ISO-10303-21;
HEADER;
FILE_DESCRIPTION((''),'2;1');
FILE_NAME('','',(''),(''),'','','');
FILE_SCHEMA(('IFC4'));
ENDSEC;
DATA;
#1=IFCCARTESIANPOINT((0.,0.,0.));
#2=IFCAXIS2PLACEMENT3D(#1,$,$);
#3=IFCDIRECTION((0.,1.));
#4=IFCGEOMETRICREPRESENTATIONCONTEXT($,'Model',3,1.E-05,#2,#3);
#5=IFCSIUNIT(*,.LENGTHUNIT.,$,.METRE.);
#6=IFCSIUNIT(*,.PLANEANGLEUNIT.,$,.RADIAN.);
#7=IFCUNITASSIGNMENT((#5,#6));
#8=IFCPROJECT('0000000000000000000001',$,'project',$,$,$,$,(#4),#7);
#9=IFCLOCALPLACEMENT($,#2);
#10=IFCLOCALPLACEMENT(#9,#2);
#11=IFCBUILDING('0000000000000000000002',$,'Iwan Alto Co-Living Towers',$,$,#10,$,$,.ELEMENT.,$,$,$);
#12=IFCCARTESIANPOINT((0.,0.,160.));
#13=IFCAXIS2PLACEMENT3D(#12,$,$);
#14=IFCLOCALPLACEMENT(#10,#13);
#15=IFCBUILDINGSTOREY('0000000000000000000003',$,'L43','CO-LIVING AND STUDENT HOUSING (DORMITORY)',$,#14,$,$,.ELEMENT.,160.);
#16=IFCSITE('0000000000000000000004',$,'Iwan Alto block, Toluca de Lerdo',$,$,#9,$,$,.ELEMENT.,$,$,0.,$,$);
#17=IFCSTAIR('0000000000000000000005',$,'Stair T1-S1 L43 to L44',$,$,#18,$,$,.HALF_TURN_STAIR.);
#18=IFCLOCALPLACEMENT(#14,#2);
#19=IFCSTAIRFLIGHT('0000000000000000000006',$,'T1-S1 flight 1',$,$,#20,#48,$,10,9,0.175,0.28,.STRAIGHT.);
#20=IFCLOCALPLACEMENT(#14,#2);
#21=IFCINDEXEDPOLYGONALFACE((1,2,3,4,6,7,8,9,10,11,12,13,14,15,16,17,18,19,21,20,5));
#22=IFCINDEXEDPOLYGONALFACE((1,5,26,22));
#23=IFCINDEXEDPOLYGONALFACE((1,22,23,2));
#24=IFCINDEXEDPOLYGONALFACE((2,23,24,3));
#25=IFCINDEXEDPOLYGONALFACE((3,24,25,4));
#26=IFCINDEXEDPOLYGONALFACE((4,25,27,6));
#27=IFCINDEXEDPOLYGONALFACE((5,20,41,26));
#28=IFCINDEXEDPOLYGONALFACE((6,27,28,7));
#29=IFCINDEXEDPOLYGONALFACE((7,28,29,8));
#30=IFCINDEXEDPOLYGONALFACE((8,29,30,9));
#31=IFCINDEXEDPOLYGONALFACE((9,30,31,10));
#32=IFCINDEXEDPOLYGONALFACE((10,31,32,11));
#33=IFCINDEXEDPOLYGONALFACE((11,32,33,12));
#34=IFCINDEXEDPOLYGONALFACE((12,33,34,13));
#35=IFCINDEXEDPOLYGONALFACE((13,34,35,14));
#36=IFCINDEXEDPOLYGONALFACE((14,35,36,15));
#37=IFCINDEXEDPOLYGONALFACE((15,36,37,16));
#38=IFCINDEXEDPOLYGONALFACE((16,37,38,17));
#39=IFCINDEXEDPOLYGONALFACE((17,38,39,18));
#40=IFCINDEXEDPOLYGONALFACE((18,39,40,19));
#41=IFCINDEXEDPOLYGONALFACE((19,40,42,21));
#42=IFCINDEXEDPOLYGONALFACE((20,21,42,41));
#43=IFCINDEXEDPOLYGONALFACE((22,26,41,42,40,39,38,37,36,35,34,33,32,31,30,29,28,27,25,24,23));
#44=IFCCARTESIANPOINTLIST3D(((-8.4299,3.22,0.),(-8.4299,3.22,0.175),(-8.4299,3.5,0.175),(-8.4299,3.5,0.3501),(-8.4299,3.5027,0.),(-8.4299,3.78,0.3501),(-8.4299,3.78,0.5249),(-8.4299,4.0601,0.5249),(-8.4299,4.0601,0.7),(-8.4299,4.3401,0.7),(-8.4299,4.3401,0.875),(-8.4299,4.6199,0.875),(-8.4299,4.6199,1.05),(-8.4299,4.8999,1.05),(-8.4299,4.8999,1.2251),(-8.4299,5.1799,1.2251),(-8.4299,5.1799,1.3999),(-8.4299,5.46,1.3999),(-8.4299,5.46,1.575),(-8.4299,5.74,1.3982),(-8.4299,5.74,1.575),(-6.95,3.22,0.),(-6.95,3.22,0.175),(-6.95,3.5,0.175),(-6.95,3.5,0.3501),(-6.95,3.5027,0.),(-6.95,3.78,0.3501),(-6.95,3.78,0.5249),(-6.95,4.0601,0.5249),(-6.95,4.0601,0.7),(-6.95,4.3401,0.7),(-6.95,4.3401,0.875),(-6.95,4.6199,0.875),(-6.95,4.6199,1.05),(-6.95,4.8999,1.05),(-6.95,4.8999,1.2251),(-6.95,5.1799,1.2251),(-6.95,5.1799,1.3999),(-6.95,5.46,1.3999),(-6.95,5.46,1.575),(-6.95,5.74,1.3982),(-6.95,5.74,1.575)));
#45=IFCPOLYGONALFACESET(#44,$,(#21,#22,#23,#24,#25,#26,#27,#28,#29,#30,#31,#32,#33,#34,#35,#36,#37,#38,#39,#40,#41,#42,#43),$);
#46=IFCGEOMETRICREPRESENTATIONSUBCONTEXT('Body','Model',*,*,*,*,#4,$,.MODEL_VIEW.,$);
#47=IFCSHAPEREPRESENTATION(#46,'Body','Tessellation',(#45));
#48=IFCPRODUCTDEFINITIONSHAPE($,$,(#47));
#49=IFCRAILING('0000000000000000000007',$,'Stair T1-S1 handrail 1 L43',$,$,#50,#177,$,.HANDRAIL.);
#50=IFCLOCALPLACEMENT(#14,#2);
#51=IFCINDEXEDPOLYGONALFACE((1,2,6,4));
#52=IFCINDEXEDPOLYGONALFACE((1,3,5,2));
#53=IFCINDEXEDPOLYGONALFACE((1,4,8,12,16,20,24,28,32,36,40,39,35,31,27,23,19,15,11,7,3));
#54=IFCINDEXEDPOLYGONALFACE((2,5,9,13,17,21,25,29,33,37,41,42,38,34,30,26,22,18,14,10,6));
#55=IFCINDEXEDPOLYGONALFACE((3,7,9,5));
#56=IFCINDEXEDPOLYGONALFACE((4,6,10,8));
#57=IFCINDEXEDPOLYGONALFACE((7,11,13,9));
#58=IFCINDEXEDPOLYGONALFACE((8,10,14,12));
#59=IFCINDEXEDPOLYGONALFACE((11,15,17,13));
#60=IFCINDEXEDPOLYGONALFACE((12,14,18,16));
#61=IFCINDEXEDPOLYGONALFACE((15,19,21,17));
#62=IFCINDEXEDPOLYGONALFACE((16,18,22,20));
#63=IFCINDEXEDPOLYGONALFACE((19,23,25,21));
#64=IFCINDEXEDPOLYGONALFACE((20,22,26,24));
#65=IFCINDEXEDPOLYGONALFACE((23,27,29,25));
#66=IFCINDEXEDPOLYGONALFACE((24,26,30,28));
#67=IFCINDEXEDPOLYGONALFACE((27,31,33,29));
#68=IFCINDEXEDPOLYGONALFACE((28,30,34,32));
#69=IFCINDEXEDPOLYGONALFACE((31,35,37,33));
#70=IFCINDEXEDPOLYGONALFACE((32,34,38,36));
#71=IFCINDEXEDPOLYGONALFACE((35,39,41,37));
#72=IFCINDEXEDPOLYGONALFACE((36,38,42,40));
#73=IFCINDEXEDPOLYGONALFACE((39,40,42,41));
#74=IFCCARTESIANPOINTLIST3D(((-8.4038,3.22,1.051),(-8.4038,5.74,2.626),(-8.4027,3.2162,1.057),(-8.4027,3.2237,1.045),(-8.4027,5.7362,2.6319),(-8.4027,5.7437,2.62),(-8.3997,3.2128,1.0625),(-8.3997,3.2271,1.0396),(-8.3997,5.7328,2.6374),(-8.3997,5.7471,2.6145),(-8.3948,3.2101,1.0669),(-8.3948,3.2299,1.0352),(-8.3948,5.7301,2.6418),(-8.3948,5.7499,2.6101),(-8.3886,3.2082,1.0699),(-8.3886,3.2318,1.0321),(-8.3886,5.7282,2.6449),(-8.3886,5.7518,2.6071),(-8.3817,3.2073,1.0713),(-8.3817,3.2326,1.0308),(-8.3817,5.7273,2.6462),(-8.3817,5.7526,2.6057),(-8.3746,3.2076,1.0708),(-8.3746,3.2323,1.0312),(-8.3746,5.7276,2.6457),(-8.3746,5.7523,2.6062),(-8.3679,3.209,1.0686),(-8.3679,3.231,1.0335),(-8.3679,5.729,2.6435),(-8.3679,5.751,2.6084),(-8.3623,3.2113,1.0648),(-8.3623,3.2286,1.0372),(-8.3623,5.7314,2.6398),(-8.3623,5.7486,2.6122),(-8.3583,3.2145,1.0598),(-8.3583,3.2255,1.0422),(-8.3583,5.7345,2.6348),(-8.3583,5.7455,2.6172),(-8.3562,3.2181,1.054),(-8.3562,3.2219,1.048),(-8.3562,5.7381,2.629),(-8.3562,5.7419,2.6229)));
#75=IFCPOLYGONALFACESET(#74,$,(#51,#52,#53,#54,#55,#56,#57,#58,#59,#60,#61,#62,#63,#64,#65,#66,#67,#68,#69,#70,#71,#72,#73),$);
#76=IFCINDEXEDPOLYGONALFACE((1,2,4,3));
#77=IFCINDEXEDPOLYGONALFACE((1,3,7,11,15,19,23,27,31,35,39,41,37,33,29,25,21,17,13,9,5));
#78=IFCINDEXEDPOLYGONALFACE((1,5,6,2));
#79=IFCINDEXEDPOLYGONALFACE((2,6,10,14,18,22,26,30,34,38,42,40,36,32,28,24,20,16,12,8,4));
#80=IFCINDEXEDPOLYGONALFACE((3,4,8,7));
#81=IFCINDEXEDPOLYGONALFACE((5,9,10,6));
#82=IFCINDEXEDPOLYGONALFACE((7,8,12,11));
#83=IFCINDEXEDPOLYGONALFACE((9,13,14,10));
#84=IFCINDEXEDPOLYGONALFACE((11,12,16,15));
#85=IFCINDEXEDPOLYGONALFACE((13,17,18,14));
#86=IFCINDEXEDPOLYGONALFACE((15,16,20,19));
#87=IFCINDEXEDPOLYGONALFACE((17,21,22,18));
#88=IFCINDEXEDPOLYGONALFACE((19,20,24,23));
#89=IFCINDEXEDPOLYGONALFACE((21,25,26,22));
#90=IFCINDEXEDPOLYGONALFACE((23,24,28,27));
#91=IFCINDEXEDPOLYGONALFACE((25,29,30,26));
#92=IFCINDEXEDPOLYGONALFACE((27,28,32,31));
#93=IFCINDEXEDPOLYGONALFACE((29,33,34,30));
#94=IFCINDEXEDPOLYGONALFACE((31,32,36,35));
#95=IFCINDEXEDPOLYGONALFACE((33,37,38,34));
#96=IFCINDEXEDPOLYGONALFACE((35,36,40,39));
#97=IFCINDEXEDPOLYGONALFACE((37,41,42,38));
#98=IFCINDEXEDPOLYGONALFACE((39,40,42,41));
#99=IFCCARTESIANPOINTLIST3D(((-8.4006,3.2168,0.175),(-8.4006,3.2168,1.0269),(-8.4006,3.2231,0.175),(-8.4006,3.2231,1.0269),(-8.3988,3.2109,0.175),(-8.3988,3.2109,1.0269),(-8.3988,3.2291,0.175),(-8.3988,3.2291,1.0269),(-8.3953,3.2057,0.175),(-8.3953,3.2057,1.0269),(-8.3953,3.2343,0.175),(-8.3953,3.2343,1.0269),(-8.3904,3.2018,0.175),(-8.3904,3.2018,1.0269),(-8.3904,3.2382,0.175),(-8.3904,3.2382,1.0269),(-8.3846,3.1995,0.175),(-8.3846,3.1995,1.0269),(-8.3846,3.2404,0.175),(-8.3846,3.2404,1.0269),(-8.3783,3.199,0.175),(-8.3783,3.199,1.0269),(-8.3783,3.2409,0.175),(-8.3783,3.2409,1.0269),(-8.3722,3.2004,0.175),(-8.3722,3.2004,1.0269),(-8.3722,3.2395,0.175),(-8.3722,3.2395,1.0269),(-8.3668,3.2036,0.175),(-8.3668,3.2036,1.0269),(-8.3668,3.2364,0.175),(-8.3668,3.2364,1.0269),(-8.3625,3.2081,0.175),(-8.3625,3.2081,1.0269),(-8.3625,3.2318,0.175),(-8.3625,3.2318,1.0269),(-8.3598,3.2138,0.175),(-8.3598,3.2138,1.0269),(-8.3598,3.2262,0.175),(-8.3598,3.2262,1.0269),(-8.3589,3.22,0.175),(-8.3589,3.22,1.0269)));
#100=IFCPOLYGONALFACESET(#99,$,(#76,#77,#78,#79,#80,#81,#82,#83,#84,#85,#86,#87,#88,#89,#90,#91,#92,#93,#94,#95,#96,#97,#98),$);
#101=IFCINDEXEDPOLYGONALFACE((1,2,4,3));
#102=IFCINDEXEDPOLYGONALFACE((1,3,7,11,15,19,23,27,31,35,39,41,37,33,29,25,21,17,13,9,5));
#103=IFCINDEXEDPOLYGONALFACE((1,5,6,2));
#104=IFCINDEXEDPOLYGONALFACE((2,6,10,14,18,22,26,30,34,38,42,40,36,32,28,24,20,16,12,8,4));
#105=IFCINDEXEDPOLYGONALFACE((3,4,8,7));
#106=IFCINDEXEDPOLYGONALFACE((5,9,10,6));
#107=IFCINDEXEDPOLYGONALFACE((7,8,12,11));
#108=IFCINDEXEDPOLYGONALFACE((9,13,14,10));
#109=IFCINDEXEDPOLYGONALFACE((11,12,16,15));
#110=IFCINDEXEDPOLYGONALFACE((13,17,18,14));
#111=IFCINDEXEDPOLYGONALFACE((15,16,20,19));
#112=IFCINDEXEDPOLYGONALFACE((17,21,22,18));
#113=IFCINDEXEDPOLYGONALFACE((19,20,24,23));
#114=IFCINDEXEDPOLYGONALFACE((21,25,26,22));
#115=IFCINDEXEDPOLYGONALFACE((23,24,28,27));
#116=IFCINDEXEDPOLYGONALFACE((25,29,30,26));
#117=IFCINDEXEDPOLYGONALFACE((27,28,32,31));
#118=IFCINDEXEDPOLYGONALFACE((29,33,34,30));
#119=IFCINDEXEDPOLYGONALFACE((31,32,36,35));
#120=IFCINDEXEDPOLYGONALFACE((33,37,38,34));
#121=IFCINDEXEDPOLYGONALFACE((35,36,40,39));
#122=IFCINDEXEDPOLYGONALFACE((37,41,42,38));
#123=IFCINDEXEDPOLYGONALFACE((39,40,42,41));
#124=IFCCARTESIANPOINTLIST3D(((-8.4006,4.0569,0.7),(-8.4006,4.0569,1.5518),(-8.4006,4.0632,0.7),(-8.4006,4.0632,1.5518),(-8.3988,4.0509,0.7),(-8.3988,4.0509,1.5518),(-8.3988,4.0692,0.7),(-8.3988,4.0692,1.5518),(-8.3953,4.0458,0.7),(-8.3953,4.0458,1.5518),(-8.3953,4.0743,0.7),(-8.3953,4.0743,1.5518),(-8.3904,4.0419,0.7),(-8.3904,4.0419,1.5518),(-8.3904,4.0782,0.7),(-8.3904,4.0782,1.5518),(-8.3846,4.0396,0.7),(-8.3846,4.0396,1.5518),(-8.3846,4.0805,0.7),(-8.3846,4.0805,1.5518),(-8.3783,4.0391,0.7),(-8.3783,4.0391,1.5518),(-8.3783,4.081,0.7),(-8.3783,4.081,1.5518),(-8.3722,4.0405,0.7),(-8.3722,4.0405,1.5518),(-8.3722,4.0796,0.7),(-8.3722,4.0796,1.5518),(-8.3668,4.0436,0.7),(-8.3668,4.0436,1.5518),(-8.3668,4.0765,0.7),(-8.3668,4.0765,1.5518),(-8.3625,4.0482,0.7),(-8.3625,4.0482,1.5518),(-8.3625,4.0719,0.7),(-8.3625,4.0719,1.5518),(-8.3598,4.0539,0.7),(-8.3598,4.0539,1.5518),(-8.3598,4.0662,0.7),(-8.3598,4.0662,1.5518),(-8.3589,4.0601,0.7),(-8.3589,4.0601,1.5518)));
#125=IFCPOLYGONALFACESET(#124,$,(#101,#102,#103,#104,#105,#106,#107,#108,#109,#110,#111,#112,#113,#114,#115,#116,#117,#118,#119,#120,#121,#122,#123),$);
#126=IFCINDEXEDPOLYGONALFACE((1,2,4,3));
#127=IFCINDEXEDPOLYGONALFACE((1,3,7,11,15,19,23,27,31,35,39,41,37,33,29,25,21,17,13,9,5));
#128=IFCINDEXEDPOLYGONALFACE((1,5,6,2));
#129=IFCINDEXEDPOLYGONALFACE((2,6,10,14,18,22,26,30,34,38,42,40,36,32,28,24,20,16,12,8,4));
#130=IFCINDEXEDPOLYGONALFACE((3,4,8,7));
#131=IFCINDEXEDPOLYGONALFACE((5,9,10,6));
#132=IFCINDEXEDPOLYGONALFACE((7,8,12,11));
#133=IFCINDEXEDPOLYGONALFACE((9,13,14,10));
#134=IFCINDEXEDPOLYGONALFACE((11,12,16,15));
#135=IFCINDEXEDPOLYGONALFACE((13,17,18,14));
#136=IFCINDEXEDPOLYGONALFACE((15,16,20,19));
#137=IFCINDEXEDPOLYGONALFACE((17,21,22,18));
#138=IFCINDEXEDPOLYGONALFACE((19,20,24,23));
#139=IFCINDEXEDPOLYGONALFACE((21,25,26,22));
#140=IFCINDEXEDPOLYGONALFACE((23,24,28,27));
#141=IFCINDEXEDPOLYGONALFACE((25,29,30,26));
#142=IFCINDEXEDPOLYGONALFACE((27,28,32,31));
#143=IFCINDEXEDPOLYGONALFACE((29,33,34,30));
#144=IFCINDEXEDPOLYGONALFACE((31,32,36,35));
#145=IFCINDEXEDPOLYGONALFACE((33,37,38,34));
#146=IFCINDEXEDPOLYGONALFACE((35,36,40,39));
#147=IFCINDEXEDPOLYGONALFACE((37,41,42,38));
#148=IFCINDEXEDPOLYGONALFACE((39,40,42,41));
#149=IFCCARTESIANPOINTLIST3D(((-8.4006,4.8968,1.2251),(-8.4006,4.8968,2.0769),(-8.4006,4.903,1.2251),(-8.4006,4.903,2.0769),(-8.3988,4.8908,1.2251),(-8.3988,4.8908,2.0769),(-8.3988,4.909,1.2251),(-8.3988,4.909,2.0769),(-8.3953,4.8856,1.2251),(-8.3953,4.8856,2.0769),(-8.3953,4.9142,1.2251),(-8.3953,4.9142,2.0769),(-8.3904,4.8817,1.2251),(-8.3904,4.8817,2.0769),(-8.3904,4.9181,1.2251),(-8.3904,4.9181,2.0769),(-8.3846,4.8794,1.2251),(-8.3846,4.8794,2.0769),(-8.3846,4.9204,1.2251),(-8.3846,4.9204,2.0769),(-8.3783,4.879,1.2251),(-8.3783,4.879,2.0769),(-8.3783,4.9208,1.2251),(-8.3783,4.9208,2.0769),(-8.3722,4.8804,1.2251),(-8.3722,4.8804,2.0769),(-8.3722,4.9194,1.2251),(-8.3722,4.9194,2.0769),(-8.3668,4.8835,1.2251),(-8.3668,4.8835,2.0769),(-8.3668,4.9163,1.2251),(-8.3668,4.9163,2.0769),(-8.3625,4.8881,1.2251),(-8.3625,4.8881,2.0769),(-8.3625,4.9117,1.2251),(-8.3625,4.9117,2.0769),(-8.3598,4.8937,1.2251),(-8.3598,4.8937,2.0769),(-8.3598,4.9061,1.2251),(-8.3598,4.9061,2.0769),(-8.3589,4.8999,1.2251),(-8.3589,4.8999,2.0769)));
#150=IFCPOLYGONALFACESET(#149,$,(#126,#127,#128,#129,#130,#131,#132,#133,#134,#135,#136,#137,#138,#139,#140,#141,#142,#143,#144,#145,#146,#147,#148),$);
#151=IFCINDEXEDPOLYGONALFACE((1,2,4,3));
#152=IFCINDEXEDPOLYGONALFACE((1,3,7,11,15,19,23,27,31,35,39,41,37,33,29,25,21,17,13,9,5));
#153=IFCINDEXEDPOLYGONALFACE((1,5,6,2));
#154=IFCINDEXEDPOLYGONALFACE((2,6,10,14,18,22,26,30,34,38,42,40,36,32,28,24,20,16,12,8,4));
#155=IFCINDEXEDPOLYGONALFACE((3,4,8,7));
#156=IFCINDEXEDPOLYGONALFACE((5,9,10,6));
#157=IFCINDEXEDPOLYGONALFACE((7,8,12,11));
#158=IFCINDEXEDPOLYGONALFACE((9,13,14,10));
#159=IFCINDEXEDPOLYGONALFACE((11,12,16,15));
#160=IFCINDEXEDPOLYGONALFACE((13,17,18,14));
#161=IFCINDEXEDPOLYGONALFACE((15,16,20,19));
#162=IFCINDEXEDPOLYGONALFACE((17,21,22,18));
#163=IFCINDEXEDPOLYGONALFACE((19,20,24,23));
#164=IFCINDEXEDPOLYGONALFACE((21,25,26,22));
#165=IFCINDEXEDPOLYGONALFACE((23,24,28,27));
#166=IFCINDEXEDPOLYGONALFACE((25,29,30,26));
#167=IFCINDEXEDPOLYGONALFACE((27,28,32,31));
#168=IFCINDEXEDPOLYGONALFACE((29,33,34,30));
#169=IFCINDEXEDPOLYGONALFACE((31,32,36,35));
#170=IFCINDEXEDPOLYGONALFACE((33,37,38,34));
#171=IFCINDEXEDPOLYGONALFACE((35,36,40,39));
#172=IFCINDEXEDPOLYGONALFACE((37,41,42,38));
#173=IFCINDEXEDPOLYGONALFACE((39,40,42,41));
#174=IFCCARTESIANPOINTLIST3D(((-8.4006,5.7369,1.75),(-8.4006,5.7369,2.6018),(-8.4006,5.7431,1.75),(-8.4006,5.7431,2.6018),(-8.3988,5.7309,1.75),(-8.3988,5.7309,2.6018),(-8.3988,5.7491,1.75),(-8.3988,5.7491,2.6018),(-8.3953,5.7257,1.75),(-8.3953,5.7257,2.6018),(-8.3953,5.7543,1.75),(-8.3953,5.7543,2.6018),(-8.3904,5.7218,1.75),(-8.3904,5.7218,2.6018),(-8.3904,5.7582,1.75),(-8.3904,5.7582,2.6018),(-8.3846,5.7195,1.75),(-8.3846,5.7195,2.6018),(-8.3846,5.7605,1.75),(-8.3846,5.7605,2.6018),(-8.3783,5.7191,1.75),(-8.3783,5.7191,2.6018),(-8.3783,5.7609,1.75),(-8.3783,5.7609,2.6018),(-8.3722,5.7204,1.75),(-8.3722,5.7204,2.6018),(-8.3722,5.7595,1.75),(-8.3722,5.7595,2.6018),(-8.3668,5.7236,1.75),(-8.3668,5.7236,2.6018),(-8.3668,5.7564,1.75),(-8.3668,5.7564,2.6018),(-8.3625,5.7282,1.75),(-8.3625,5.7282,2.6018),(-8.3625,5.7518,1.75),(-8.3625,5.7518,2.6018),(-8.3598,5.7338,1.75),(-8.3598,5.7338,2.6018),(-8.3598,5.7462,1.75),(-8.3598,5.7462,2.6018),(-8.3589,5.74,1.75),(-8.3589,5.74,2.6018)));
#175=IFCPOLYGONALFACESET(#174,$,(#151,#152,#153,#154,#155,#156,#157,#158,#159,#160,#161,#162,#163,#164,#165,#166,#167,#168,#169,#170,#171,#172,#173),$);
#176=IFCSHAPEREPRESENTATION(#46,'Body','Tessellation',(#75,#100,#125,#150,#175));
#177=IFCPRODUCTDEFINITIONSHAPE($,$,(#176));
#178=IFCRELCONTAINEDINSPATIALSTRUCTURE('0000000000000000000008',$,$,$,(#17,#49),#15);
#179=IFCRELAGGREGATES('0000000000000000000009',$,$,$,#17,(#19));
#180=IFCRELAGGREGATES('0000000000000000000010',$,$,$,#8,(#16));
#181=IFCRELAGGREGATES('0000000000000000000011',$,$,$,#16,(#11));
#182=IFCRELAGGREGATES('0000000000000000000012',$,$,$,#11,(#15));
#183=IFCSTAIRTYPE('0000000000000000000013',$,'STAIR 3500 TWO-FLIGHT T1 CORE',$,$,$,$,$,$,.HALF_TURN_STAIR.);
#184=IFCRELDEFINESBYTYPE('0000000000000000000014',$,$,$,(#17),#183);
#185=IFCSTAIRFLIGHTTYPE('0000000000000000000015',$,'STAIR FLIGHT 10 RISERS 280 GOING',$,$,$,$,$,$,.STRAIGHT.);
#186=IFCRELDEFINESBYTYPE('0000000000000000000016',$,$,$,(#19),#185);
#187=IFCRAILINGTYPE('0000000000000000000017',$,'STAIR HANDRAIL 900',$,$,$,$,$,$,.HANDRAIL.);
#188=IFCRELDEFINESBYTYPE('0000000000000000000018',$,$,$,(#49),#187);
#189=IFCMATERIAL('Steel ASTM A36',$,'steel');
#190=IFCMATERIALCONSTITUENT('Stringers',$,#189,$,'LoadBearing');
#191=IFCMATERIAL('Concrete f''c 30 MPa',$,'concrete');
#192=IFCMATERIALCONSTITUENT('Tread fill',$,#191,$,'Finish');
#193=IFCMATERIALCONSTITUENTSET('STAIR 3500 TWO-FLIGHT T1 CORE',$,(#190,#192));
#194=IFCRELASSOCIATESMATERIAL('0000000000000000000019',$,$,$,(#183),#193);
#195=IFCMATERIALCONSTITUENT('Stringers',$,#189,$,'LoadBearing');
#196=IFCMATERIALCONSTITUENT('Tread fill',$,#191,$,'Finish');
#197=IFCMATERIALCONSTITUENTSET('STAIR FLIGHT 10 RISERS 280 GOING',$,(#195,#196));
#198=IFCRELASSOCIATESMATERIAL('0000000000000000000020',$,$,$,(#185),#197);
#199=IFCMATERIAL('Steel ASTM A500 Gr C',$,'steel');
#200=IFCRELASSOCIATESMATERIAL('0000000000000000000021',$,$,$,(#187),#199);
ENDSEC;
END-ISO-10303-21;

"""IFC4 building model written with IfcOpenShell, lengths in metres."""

from ifc_helpers import new_model, si_unit, direction, frame, origin, origin_2d, place, context, subcontext, project, spatial, polyline, circle, outline, extrude, material, constituent, constituent_set, type_object, element, aggregate, save


model = new_model("IFC4")

# Units and contexts
model_context = context("Model", 3, precision=1e-05, world=origin(), true_north=direction((0.0, 1.0)))
body_context = subcontext(model_context, "Body", "Model", "MODEL_VIEW")
ifc_project = project(units=[si_unit("LENGTHUNIT", "METRE"), si_unit("PLANEANGLEUNIT", "RADIAN")], contexts=[model_context])

# Site, building, storey
site_placement = place(None, origin())
site = spatial("IfcSite", under=ifc_project, at=site_placement, Name="Iwan Alto block, Toluca de Lerdo", CompositionType="ELEMENT", RefElevation=0.0)
building_placement = place(site_placement, origin())
building = spatial("IfcBuilding", under=site, at=building_placement, Name="Iwan Alto Co-Living Towers", CompositionType="ELEMENT")
storey_placement = place(building_placement, frame((0.0, 0.0, 160.0)))
storey = spatial("IfcBuildingStorey", under=building, at=storey_placement, Name="L43", Description="CO-LIVING AND STUDENT HOUSING (DORMITORY)", CompositionType="ELEMENT", Elevation=160.0)

# Stair, stair flight
ifc_material_1 = material(Name="Steel ASTM A36", Category="steel")
ifc_constituent_1 = constituent(ifc_material_1, Name="Stringers", Category="LoadBearing")
ifc_material_2 = material(Name="Concrete f'c 30 MPa", Category="concrete")
ifc_constituent_2 = constituent(ifc_material_2, Name="Tread fill", Category="Finish")
ifc_constituent_set_1 = constituent_set(constituents=[ifc_constituent_1, ifc_constituent_2], Name="STAIR 3500 TWO-FLIGHT T1 CORE")
stair_type = type_object("IfcStairType", Name="STAIR 3500 TWO-FLIGHT T1 CORE", PredefinedType="HALF_TURN_STAIR", material=ifc_constituent_set_1)
stair_placement = place(storey_placement, origin())
stair = element("IfcStair", 1, at=stair_placement, inside=storey, type_object=stair_type, Name="Stair T1-S1 L43 to L44", PredefinedType="HALF_TURN_STAIR")
ifc_constituent_3 = constituent(ifc_material_1, Name="Stringers", Category="LoadBearing")
ifc_constituent_4 = constituent(ifc_material_2, Name="Tread fill", Category="Finish")
ifc_constituent_set_2 = constituent_set(constituents=[ifc_constituent_3, ifc_constituent_4], Name="STAIR FLIGHT 10 RISERS 280 GOING")
stair_flight_type = type_object("IfcStairFlightType", Name="STAIR FLIGHT 10 RISERS 280 GOING", PredefinedType="STRAIGHT", material=ifc_constituent_set_2)
stair_flight_placement = place(storey_placement, frame((-7.6899, 3.22, 0.0), z_axis=(0.0, 0.0, 1.0), x_axis=(0.0, 1.0, 0.0)))
stair_flight = element("IfcStairFlight", 2, at=stair_flight_placement, type_object=stair_flight_type, Name="T1-S1 flight 1", NumberOfRisers=10, NumberOfTreads=9, PredefinedType="STRAIGHT", RiserHeight=0.175, TreadLength=0.28, context=body_context, shape_type="SweptSolid", body=[
    extrude(outline(polyline([(0.0, 0.0), (0.0, 0.175), (0.28, 0.175), (0.28, 0.3501), (0.5601, 0.3501), (0.5601, 0.5249), (0.8401, 0.5249), (0.8401, 0.7), (1.1201, 0.7), (1.1201, 0.875), (1.3999, 0.875), (1.3999, 1.05), (1.6799, 1.05), (1.6799, 1.2251), (1.96, 1.2251), (1.96, 1.3999), (2.24, 1.3999), (2.24, 1.575), (2.52, 1.575), (2.52, 1.75), (2.52, 1.3982), (0.2827, 0.0), (0.0, 0.0)])), frame((0.0, 0.74, 0.0), z_axis=(0.0, -1.0, 0.0), x_axis=(1.0, 0.0, 0.0)), (0.0, 0.0, 1.0), 1.48),
])
aggregate(stair, [stair_flight])

# Railing
ifc_material_3 = material(Name="Steel ASTM A500 Gr C", Category="steel")
railing_type_1 = type_object("IfcRailingType", Name="STAIR HANDRAIL 900", PredefinedType="HANDRAIL", material=ifc_material_3)
railing_1_placement = place(storey_placement, frame((-8.3799, 3.22, 0.175)))
element("IfcRailing", 3, at=railing_1_placement, inside=storey, type_object=railing_type_1, Name="Stair T1-S1 handrail 1 L43", PredefinedType="HANDRAIL", context=body_context, shape_type="SweptSolid", body=[
    extrude(circle(Radius=0.0239, at=origin_2d()), frame((0.0, 0.0, 0.876), z_axis=(0.0, 0.848008, 0.529984), x_axis=(-1.0, 0.0, 0.0)), (0.0, 0.0, 1.0), 2.9717),
    extrude(circle(Radius=0.021, at=origin_2d()), origin(), (0.0, 0.0, 1.0), 0.8518),
    extrude(circle(Radius=0.021, at=origin_2d()), frame((0.0, 0.8401, 0.5249)), (0.0, 0.0, 1.0), 0.8518),
    extrude(circle(Radius=0.021, at=origin_2d()), frame((0.0, 1.6799, 1.05)), (0.0, 0.0, 1.0), 0.8518),
    extrude(circle(Radius=0.021, at=origin_2d()), frame((0.0, 2.52, 1.575)), (0.0, 0.0, 1.0), 0.8518),
])

save(model, "model.ifc")
